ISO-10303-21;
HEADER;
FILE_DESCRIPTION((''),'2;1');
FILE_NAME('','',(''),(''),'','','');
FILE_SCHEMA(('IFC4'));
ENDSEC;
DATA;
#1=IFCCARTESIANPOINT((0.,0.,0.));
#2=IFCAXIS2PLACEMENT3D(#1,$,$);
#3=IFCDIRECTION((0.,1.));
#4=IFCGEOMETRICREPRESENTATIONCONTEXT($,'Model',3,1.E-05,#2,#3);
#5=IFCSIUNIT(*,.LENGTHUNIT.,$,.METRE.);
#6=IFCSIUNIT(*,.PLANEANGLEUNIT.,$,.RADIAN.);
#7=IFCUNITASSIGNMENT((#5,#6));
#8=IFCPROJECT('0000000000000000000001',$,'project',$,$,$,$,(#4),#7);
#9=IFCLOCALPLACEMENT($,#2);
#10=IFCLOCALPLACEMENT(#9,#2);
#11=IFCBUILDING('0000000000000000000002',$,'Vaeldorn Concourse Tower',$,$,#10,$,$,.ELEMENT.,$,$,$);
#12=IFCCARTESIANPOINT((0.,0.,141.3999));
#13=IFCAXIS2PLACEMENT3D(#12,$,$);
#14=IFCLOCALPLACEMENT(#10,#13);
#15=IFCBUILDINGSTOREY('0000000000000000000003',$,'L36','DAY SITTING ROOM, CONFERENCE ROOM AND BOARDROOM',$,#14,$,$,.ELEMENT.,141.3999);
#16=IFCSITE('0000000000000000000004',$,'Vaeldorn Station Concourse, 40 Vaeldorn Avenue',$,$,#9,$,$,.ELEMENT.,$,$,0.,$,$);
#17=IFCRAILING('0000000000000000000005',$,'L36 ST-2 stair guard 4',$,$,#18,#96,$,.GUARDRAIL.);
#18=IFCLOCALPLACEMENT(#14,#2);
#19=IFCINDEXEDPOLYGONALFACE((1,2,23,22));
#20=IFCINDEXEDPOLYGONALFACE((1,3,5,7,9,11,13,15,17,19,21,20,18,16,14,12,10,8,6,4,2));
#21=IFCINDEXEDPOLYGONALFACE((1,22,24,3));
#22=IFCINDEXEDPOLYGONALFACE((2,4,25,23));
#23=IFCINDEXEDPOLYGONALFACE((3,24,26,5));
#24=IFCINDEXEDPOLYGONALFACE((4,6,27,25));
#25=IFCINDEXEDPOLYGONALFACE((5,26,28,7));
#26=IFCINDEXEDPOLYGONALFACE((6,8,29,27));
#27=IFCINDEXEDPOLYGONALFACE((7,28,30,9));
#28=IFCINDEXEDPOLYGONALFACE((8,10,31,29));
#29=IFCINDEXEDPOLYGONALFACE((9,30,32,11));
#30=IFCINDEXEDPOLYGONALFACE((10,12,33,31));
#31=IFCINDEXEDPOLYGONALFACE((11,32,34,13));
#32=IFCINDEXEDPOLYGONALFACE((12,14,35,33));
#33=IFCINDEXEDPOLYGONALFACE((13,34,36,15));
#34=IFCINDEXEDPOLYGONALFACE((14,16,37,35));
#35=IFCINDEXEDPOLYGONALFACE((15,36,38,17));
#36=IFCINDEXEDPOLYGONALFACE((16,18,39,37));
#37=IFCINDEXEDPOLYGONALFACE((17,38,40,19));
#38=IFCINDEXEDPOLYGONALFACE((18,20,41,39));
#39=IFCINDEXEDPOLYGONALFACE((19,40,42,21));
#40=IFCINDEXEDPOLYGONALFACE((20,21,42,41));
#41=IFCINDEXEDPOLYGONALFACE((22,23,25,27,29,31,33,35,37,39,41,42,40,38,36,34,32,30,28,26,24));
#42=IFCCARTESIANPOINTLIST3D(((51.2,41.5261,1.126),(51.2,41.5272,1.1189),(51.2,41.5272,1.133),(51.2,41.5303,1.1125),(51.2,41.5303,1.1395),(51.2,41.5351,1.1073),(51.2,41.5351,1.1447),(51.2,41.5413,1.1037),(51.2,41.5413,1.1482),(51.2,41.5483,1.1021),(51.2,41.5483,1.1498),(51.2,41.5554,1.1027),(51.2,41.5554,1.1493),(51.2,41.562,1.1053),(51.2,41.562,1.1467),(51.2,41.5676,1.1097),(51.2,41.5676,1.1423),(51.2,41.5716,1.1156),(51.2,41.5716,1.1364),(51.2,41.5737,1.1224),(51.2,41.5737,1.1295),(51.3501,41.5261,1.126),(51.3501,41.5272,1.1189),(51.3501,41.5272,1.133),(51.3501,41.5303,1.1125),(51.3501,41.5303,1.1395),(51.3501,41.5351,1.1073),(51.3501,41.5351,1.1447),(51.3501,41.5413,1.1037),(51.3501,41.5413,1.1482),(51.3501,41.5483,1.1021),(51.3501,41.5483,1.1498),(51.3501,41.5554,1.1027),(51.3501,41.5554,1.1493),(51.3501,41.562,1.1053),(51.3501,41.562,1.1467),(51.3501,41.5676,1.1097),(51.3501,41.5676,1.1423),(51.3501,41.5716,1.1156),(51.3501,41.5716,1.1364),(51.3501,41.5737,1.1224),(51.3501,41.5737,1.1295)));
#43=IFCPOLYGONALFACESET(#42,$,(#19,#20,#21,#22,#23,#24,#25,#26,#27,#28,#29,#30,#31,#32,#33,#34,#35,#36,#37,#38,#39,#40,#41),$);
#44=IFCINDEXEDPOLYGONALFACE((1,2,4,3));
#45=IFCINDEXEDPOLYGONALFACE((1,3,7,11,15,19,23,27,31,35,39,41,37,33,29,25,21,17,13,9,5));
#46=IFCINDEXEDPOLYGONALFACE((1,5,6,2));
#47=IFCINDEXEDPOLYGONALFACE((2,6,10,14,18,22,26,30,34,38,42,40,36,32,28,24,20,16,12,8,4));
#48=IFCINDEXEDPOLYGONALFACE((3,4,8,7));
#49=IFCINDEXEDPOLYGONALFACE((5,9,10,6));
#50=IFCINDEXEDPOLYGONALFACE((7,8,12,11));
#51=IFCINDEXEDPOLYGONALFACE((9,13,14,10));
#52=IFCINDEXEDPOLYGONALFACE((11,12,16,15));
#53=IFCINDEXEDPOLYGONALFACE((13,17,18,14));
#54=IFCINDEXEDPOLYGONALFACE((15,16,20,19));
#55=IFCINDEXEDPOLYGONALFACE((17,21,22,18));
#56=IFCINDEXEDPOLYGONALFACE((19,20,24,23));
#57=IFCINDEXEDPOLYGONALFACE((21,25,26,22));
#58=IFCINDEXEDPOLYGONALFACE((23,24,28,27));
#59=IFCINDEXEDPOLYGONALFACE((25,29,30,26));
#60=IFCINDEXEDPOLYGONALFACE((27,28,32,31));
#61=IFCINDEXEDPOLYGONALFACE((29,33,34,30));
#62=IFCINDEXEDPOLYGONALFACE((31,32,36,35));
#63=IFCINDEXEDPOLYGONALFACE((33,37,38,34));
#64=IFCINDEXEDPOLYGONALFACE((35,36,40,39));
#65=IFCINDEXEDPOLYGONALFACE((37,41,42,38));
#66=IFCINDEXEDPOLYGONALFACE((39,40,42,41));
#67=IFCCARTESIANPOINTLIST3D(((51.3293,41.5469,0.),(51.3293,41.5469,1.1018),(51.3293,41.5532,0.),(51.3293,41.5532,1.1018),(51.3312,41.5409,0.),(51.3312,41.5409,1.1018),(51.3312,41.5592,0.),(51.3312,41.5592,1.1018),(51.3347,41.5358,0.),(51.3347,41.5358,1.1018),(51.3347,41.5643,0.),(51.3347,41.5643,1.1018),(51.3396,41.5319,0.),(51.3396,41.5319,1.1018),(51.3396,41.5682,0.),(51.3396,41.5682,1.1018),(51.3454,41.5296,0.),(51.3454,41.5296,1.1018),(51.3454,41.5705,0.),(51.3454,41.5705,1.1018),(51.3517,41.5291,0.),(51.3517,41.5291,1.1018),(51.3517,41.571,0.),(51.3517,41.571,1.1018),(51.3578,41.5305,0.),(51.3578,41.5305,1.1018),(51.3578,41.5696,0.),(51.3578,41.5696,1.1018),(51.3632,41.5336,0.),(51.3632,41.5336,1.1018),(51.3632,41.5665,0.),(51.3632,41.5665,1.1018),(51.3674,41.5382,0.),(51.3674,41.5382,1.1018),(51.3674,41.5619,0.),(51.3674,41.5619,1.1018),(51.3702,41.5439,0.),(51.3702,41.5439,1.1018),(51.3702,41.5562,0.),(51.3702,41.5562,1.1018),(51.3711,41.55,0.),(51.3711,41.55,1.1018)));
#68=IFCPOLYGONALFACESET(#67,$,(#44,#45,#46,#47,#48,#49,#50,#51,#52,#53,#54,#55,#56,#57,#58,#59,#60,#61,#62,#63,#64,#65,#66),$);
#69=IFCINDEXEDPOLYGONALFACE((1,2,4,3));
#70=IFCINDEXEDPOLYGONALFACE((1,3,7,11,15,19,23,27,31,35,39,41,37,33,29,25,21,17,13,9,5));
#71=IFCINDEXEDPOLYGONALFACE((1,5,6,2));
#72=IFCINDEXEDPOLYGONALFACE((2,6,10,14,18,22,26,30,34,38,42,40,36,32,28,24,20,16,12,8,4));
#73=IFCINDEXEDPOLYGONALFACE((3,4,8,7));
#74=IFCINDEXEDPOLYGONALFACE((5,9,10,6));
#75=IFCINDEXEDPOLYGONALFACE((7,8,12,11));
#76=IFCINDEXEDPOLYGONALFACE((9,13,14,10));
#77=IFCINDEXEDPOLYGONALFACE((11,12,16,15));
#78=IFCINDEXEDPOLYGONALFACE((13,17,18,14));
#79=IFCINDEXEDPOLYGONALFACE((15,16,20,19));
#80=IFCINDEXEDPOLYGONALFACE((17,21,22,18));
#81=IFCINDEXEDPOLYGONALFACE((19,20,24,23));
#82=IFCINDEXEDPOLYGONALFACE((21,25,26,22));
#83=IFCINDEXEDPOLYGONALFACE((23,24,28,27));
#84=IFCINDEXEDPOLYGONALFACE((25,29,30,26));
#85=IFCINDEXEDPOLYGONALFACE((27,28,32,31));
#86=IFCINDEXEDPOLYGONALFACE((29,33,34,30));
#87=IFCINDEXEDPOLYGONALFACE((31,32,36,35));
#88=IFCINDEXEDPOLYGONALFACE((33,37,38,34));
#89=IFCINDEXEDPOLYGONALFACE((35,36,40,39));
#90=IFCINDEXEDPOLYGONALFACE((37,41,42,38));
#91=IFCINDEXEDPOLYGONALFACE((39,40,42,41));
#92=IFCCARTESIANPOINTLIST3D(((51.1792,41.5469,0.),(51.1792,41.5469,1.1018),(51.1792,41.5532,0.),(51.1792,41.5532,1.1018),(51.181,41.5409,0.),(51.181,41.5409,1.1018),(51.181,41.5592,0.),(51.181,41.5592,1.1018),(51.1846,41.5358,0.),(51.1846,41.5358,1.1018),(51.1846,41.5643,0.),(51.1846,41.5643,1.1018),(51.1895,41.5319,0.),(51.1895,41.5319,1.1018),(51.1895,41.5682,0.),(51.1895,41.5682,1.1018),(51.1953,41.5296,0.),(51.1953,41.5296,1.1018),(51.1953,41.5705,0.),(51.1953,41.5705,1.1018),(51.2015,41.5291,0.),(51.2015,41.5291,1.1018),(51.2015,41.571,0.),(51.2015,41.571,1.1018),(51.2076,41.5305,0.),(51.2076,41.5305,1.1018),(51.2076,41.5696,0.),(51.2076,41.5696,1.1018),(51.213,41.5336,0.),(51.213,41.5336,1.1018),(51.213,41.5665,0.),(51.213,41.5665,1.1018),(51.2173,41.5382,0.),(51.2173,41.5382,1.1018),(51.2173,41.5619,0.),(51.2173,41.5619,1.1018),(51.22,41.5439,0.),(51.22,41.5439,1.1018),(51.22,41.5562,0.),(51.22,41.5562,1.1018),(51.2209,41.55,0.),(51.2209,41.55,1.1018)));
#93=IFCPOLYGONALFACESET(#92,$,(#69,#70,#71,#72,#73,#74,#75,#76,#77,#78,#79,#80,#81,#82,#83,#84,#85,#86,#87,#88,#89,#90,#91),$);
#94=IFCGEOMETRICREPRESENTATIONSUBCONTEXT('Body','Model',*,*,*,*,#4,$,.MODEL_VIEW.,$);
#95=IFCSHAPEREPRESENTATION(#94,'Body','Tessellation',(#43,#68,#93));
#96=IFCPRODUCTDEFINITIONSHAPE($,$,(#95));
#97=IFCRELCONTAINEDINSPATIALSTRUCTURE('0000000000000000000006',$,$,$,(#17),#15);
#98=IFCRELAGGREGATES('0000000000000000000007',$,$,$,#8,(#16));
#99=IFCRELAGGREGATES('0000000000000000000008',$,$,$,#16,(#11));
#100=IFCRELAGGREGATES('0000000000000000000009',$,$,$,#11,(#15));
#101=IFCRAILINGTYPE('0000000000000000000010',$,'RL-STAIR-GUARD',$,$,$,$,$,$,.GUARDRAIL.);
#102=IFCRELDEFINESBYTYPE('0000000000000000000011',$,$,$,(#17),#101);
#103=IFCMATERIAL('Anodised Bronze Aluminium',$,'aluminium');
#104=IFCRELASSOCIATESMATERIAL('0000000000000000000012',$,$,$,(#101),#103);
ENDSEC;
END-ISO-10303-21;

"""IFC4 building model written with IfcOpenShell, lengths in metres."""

from ifc_helpers import new_model, si_unit, direction, frame, origin, origin_2d, place, context, subcontext, project, spatial, circle, extrude, material, type_object, element, save


model = new_model("IFC4")

# Units and contexts
model_context = context("Model", 3, precision=1e-05, world=origin(), true_north=direction((0.0, 1.0)))
body_context = subcontext(model_context, "Body", "Model", "MODEL_VIEW")
ifc_project = project(units=[si_unit("LENGTHUNIT", "METRE"), si_unit("PLANEANGLEUNIT", "RADIAN")], contexts=[model_context])

# Site, building, storey
site_placement = place(None, origin())
site = spatial("IfcSite", under=ifc_project, at=site_placement, Name="Vaeldorn Station Concourse, 40 Vaeldorn Avenue", CompositionType="ELEMENT", RefElevation=0.0)
building_placement = place(site_placement, origin())
building = spatial("IfcBuilding", under=site, at=building_placement, Name="Vaeldorn Concourse Tower", CompositionType="ELEMENT")
storey_placement = place(building_placement, frame((0.0, 0.0, 141.3999)))
storey = spatial("IfcBuildingStorey", under=building, at=storey_placement, Name="L36", Description="DAY SITTING ROOM, CONFERENCE ROOM AND BOARDROOM", CompositionType="ELEMENT", Elevation=141.3999)

# Shared definitions
ifc_material_1 = material(Name="Anodised Bronze Aluminium", Category="aluminium")

# Railing
railing_type_1 = type_object("IfcRailingType", Name="RL-STAIR-GUARD", PredefinedType="GUARDRAIL", material=ifc_material_1)
railing_1_placement = place(storey_placement, frame((51.3501, 41.55, 0.0)))
element("IfcRailing", 1, at=railing_1_placement, inside=storey, type_object=railing_type_1, Name="L36 ST-2 stair guard 4", PredefinedType="GUARDRAIL", context=body_context, shape_type="SweptSolid", body=[
    extrude(circle(Radius=0.0239, at=origin_2d()), frame((0.0, 0.0, 1.126), z_axis=(-1.0, 0.0, 0.0), x_axis=(0.0, -1.0, 0.0)), (0.0, 0.0, 1.0), 0.1501),
    extrude(circle(Radius=0.021, at=origin_2d()), origin(), (0.0, 0.0, 1.0), 1.1018),
    extrude(circle(Radius=0.021, at=origin_2d()), frame((-0.1501, 0.0, 0.0)), (0.0, 0.0, 1.0), 1.1018),
])

save(model, "model.ifc")
